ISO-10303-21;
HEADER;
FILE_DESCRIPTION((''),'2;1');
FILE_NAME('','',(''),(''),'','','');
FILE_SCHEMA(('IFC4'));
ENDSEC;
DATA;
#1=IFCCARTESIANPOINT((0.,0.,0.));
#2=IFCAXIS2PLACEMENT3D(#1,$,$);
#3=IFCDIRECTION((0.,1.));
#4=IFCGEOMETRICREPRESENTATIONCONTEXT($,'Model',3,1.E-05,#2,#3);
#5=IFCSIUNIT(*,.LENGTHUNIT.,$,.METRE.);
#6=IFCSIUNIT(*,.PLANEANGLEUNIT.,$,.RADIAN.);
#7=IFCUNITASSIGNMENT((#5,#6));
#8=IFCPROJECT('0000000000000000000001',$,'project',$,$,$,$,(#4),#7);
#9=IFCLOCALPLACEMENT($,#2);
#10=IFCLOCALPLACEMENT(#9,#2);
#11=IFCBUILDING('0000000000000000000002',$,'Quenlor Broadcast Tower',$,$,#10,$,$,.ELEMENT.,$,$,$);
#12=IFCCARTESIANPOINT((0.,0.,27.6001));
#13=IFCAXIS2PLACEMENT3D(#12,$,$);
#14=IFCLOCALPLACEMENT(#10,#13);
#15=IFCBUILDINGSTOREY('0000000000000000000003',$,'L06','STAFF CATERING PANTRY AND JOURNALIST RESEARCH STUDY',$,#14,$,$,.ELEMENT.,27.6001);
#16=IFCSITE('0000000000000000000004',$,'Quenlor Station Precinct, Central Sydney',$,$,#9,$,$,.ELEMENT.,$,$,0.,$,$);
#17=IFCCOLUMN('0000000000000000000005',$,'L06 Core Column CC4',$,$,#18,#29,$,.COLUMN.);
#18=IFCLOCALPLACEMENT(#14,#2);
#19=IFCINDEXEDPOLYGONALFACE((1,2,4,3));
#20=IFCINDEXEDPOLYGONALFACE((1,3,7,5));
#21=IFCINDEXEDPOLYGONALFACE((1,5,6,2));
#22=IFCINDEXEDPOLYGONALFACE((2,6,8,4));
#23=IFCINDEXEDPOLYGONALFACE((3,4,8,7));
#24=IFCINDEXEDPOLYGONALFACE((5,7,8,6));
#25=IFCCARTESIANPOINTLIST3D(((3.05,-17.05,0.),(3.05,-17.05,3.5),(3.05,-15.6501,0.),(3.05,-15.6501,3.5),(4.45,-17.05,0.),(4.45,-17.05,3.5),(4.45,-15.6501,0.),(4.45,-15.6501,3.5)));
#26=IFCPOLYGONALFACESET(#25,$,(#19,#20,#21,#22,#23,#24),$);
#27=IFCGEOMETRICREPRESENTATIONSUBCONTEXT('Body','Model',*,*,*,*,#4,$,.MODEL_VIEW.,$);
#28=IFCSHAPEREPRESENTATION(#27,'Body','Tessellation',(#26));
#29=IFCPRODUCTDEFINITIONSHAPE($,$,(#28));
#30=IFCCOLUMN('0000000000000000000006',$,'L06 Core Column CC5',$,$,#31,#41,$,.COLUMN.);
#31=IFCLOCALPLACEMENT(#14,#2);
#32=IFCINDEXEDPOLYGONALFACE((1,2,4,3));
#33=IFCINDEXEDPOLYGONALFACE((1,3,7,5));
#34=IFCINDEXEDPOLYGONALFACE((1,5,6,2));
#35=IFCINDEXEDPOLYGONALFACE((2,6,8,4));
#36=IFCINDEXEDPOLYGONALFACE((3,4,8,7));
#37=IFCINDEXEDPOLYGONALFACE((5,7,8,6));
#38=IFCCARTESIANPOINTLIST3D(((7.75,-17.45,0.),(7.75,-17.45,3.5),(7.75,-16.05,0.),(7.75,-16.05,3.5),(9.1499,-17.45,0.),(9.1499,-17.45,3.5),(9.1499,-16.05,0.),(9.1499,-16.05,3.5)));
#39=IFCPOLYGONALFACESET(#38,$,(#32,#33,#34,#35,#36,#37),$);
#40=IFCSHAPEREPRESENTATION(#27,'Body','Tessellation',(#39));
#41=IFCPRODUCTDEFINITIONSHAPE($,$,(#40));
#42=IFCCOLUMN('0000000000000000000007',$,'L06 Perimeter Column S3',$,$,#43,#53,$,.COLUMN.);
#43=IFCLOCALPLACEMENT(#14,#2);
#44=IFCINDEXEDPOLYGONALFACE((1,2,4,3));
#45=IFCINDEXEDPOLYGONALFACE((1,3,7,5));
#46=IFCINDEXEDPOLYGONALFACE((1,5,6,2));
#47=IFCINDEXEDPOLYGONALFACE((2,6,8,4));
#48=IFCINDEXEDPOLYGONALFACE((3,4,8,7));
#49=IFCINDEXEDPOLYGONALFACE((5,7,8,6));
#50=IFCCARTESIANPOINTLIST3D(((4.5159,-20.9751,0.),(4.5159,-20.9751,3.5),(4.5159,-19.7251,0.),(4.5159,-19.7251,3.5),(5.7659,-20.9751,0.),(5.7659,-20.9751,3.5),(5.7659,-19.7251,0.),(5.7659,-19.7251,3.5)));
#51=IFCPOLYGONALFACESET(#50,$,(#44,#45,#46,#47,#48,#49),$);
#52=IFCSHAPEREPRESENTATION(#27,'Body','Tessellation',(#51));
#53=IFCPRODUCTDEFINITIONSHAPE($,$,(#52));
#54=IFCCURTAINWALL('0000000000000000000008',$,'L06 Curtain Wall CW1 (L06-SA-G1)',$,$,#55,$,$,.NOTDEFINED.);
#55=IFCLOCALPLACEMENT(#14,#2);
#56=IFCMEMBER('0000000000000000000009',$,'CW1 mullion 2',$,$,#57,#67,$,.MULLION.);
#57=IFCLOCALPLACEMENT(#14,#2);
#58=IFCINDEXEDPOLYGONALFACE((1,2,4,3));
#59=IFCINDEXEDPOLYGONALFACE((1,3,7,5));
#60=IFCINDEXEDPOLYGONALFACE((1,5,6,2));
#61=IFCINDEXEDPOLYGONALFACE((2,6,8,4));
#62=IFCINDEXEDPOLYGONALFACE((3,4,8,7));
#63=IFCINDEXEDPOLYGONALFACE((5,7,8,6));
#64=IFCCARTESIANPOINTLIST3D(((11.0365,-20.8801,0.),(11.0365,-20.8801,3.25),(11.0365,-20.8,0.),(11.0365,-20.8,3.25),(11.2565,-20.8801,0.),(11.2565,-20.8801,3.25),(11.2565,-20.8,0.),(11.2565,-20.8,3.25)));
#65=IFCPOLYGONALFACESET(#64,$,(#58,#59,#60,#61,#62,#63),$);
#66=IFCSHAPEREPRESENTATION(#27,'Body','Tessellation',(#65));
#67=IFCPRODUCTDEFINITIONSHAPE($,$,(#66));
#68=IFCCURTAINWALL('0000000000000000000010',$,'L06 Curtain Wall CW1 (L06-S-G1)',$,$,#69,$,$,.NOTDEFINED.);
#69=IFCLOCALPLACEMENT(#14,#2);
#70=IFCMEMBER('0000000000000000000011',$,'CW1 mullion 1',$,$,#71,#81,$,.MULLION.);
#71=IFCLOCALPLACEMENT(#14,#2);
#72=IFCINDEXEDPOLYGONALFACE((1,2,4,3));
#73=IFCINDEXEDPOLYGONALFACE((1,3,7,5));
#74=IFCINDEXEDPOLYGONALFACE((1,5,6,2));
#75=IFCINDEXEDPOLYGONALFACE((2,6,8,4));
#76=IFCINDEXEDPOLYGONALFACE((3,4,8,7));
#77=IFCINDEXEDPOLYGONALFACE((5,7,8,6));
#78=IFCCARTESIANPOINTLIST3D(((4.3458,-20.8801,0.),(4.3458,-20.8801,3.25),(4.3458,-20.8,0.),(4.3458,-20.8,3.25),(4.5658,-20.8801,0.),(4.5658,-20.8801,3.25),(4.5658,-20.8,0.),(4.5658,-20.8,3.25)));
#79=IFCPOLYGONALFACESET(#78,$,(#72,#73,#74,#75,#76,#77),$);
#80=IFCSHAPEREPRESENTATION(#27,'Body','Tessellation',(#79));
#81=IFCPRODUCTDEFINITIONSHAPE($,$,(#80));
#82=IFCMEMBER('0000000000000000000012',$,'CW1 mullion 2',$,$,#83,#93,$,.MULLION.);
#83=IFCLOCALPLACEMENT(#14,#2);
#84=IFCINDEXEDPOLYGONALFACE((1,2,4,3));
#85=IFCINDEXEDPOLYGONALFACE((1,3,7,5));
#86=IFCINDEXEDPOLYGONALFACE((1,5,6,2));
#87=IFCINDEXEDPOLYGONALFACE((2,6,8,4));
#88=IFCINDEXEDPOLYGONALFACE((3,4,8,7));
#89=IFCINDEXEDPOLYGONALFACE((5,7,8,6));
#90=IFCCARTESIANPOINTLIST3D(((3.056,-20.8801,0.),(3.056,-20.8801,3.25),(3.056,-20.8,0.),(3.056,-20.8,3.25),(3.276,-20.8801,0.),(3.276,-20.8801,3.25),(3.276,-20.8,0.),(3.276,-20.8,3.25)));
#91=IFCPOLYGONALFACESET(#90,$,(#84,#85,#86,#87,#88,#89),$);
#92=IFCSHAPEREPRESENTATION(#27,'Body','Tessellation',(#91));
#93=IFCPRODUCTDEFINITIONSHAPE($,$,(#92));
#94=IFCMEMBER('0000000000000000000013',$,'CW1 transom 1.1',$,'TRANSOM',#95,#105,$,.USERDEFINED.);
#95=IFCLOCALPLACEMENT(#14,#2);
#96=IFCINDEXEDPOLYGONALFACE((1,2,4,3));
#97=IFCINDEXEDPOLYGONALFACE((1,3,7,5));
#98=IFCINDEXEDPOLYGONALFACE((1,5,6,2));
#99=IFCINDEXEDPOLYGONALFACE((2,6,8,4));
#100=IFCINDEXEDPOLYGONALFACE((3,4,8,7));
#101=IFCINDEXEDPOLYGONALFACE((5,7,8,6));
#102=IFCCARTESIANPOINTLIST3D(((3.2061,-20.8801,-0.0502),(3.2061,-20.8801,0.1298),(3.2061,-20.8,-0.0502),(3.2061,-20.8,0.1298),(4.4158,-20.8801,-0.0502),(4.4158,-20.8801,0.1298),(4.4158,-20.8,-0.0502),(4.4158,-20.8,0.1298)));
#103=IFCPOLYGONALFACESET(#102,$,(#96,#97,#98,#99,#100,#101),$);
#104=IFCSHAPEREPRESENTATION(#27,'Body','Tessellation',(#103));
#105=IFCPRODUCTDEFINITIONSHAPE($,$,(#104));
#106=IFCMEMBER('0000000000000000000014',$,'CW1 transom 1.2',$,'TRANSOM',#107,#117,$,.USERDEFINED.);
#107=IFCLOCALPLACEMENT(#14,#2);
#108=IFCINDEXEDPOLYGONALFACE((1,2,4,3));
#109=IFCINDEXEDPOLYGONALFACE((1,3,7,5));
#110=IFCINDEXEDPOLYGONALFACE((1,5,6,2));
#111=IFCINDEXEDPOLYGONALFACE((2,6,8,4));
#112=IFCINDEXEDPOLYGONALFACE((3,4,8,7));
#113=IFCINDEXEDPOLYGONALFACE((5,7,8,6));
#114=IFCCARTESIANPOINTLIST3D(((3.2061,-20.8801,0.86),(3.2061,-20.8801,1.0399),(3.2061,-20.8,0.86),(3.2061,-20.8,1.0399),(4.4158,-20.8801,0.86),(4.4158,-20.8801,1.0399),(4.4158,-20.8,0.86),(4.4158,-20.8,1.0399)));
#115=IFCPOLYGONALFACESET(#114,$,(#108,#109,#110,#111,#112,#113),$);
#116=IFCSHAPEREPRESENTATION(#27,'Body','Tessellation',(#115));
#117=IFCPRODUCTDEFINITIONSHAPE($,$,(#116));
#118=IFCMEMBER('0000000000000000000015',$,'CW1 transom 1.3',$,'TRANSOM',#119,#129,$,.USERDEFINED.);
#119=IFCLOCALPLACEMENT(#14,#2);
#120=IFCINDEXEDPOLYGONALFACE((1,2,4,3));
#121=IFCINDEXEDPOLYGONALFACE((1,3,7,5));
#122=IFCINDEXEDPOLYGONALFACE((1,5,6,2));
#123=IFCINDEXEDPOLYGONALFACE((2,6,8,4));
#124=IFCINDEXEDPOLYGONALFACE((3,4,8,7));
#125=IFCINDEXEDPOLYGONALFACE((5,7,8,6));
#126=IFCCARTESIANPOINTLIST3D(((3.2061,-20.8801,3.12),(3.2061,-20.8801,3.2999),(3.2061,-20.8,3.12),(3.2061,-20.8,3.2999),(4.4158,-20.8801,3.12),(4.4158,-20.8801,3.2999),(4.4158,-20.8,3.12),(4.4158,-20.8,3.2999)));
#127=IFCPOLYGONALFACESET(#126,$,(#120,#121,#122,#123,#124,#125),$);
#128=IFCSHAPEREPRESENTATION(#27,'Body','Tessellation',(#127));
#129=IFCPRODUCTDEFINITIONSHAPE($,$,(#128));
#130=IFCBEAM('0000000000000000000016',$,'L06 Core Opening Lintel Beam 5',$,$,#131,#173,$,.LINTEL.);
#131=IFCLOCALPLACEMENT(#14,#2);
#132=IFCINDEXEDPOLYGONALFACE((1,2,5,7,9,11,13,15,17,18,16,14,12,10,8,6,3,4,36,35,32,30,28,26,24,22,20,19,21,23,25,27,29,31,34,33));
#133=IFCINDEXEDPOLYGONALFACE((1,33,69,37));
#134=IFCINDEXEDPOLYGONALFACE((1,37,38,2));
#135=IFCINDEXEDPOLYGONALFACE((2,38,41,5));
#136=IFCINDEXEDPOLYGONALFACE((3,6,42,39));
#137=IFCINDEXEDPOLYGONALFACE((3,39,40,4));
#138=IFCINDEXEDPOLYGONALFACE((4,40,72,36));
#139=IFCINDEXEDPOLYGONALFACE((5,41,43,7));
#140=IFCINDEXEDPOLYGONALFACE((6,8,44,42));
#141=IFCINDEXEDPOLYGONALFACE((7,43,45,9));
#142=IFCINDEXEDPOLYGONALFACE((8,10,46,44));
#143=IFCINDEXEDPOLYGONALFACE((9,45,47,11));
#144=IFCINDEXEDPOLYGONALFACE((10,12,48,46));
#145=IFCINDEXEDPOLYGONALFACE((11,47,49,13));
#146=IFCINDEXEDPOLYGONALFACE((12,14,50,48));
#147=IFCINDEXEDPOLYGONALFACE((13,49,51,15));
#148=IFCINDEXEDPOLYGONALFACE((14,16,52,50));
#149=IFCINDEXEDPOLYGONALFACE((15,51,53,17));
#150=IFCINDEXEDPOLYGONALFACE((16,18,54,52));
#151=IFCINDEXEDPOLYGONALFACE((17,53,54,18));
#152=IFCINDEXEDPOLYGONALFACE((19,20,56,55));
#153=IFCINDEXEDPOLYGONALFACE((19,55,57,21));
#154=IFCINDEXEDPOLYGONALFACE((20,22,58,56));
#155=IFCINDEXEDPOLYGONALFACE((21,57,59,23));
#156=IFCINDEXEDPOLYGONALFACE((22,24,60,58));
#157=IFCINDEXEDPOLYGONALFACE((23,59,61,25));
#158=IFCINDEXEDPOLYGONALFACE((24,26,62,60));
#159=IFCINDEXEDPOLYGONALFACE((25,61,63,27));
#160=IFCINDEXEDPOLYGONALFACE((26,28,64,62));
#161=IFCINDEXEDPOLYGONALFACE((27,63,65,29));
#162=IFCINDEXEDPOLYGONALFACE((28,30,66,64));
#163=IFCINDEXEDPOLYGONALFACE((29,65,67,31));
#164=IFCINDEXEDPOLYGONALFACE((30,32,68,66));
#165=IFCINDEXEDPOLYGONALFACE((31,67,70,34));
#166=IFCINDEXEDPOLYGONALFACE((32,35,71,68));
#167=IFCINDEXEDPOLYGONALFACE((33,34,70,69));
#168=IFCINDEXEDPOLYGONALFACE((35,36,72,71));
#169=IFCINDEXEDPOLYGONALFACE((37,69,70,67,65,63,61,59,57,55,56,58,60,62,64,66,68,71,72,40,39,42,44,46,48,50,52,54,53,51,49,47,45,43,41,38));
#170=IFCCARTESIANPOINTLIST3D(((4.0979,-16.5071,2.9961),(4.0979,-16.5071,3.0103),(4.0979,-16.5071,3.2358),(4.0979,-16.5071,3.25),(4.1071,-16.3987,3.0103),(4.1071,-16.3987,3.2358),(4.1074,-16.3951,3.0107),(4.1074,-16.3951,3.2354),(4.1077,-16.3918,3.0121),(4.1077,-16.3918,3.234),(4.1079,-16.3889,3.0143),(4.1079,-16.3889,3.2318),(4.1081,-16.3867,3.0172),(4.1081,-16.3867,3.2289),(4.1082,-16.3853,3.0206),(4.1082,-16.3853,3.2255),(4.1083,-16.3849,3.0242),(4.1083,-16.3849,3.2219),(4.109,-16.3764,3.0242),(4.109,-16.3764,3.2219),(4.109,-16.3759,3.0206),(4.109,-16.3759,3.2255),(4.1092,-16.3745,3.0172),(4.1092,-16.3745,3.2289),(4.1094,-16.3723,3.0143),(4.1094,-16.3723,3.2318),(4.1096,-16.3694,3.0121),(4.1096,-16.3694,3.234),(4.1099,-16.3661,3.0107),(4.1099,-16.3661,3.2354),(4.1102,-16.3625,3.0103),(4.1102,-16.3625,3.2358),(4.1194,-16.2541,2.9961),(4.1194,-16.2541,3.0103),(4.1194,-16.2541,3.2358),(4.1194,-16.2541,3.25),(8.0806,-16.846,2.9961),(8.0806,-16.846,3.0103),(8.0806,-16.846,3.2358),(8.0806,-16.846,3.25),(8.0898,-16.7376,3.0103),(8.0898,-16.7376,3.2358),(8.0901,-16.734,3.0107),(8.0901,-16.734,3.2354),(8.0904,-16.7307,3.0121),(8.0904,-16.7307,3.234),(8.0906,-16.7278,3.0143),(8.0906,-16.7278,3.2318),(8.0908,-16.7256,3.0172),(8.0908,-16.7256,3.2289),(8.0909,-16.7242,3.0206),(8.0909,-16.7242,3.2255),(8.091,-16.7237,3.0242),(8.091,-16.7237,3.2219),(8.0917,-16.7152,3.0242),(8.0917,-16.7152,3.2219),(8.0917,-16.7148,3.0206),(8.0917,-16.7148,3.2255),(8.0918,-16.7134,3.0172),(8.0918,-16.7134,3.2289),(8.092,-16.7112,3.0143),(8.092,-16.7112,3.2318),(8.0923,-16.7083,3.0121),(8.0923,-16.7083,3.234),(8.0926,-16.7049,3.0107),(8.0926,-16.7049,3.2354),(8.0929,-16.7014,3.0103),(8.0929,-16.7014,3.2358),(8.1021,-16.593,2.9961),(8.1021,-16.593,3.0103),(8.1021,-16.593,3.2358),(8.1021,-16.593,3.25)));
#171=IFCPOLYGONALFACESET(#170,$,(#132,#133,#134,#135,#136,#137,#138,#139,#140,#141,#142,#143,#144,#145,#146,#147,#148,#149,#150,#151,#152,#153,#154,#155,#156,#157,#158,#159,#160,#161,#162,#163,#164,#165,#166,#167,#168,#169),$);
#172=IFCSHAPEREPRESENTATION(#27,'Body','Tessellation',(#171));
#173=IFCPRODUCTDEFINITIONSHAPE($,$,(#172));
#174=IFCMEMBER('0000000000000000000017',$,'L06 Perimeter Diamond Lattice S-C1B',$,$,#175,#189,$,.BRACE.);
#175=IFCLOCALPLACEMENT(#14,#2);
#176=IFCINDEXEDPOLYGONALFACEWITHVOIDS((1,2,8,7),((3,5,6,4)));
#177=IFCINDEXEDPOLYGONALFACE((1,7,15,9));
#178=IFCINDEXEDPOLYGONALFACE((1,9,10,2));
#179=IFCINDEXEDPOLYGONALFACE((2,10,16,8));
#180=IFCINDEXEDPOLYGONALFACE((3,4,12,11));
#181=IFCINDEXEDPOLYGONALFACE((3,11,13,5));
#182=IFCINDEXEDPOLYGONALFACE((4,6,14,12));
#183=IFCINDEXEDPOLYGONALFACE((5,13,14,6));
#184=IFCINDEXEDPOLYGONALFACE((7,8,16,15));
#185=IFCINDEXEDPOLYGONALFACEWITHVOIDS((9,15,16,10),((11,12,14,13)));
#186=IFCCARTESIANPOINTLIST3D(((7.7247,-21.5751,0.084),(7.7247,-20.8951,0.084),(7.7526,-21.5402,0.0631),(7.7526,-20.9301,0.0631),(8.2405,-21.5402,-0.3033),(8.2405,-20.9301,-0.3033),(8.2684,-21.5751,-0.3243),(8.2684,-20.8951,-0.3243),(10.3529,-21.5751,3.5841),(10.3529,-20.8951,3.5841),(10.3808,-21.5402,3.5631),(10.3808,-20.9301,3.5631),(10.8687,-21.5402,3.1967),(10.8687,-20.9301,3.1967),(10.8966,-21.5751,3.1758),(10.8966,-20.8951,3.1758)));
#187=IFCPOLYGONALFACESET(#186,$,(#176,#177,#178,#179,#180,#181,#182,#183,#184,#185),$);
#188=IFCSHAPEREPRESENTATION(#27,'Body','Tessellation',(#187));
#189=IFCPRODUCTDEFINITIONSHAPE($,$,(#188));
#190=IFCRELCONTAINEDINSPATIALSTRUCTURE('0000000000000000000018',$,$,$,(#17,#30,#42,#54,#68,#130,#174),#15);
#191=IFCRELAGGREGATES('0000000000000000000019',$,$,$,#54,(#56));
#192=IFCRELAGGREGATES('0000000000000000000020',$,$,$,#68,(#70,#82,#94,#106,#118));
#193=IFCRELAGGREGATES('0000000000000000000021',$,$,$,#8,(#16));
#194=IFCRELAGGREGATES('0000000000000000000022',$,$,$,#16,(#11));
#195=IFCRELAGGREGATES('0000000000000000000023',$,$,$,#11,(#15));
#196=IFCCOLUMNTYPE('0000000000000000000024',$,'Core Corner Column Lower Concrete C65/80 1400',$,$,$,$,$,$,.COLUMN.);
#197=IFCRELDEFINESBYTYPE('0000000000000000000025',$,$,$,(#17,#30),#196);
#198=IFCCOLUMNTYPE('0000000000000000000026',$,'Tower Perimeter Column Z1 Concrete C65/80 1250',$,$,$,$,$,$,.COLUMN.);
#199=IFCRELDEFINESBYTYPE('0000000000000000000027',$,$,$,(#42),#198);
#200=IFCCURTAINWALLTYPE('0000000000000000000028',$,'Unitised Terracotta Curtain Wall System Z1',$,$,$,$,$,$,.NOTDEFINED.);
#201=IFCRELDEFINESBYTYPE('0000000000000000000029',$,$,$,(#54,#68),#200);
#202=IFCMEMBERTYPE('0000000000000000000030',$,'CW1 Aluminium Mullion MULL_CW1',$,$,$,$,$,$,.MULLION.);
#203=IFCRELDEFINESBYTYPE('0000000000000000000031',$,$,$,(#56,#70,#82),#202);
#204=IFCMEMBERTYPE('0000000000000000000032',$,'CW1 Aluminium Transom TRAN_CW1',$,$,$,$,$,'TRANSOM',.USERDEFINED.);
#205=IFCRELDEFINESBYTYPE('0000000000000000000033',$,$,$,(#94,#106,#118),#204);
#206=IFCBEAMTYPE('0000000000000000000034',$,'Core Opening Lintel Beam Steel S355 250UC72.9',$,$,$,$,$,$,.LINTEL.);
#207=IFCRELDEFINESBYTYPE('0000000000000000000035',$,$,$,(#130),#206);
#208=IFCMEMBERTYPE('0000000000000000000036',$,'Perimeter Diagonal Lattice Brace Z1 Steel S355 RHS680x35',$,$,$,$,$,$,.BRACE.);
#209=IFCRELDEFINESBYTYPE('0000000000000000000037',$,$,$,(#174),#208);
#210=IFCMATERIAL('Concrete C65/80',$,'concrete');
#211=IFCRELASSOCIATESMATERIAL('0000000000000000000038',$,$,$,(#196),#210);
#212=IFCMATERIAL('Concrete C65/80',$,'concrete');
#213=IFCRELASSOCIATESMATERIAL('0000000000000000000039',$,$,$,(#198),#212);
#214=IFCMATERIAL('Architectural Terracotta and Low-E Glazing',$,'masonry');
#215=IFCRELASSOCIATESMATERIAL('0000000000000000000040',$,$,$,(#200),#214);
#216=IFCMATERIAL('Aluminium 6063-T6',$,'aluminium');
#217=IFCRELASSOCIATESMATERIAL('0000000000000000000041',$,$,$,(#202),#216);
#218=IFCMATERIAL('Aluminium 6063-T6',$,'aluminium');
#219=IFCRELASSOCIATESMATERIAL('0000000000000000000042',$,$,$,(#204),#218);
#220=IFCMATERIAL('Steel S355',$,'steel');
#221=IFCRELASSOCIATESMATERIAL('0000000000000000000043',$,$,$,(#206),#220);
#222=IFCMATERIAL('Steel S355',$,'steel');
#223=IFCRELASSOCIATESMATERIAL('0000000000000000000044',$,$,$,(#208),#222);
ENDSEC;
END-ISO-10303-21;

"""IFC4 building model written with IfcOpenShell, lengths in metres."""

from ifc_helpers import new_model, si_unit, direction, frame, origin, origin_2d, place, context, subcontext, project, spatial, rectangle, hollow_rectangle, i_section, extrude, material, material_profile, profile_set, type_object, element, aggregate, save


model = new_model("IFC4")

# Units and contexts
model_context = context("Model", 3, precision=1e-05, world=origin(), true_north=direction((0.0, 1.0)))
body_context = subcontext(model_context, "Body", "Model", "MODEL_VIEW")
ifc_project = project(units=[si_unit("LENGTHUNIT", "METRE"), si_unit("PLANEANGLEUNIT", "RADIAN")], contexts=[model_context])

# Site, building, storey
site_placement = place(None, origin())
site = spatial("IfcSite", under=ifc_project, at=site_placement, Name="Quenlor Station Precinct, Central Sydney", CompositionType="ELEMENT", RefElevation=0.0)
building_placement = place(site_placement, origin())
building = spatial("IfcBuilding", under=site, at=building_placement, Name="Quenlor Broadcast Tower", CompositionType="ELEMENT")
storey_placement = place(building_placement, frame((0.0, 0.0, 27.6001)))
storey = spatial("IfcBuildingStorey", under=building, at=storey_placement, Name="L06", Description="STAFF CATERING PANTRY AND JOURNALIST RESEARCH STUDY", CompositionType="ELEMENT", Elevation=27.6001)

# Columns
ifc_material_1 = material(Name="Concrete C65/80", Category="concrete")
ifc_material_profile_1 = material_profile(ifc_material_1, rectangle(XDim=1.3999, YDim=1.3999, at=origin_2d()))
ifc_profile_set_1 = profile_set([ifc_material_profile_1], Name="Concrete C65/80 RC1400x1400")
column_type_1 = type_object("IfcColumnType", Name="Core Corner Column Lower Concrete C65/80 1400", PredefinedType="COLUMN", material=ifc_profile_set_1)
for number, where, z_axis, x_axis, name in (
    (1, (3.75, -16.3501, 0.0), (0.0, 0.0, 1.0), (1.0, 0.0, 0.0), "L06 Core Column CC4"),
    (2, (8.45, -16.75, 0.0), (0.0, 0.0, 1.0), (1.0, 0.0, 0.0), "L06 Core Column CC5"),
):
    element("IfcColumn", number, at=place(storey_placement, frame(where, z_axis=z_axis, x_axis=x_axis)), inside=storey, type_object=column_type_1, Name=name, PredefinedType="COLUMN", context=body_context, shape_type="SweptSolid", body=[
        extrude(rectangle(XDim=1.3999, YDim=1.3999, at=origin_2d()), origin(), (0.0, 0.0, 1.0), 3.5),
    ])
ifc_material_2 = material(Name="Concrete C65/80", Category="concrete")
ifc_material_profile_2 = material_profile(ifc_material_2, rectangle(XDim=1.25, YDim=1.25, at=origin_2d()))
ifc_profile_set_2 = profile_set([ifc_material_profile_2], Name="Concrete C65/80 RC1250x1250")
column_type_2 = type_object("IfcColumnType", Name="Tower Perimeter Column Z1 Concrete C65/80 1250", PredefinedType="COLUMN", material=ifc_profile_set_2)
column_placement = place(storey_placement, frame((5.1409, -20.3501, 0.0), z_axis=(0.0, 0.0, 1.0), x_axis=(0.0, 1.0, 0.0)))
element("IfcColumn", 3, at=column_placement, inside=storey, type_object=column_type_2, Name="L06 Perimeter Column S3", PredefinedType="COLUMN", context=body_context, shape_type="SweptSolid", body=[
    extrude(rectangle(XDim=1.25, YDim=1.25, at=origin_2d()), origin(), (0.0, 0.0, 1.0), 3.5),
])

# Curtain wall, member
ifc_material_3 = material(Name="Architectural Terracotta and Low-E Glazing", Category="masonry")
curtain_wall_type = type_object("IfcCurtainWallType", Name="Unitised Terracotta Curtain Wall System Z1", PredefinedType="NOTDEFINED", material=ifc_material_3)
curtain_wall_1_placement = place(storey_placement, origin())
curtain_wall_1 = element("IfcCurtainWall", 4, at=curtain_wall_1_placement, inside=storey, type_object=curtain_wall_type, Name="L06 Curtain Wall CW1 (L06-SA-G1)", PredefinedType="NOTDEFINED")
ifc_material_4 = material(Name="Aluminium 6063-T6", Category="aluminium")
ifc_material_profile_3 = material_profile(ifc_material_4, rectangle(XDim=0.0801, YDim=0.22, at=origin_2d()))
ifc_profile_set_3 = profile_set([ifc_material_profile_3], Name="Aluminium 6063-T6 MULL80x220")
member_type_1 = type_object("IfcMemberType", Name="CW1 Aluminium Mullion MULL_CW1", PredefinedType="MULLION", material=ifc_profile_set_3)
member_1_placement = place(storey_placement, frame((11.1465, -20.8401, 0.0), z_axis=(0.0, 0.0, 1.0), x_axis=(0.0, -1.0, 0.0)))
member_1 = element("IfcMember", 5, at=member_1_placement, type_object=member_type_1, Name="CW1 mullion 2", PredefinedType="MULLION", context=body_context, shape_type="SweptSolid", body=[
    extrude(rectangle(XDim=0.0801, YDim=0.22, at=origin_2d()), origin(), (0.0, 0.0, 1.0), 3.25),
])
aggregate(curtain_wall_1, [member_1])

# Curtain wall, members
curtain_wall_2_placement = place(storey_placement, origin())
curtain_wall_2 = element("IfcCurtainWall", 6, at=curtain_wall_2_placement, inside=storey, type_object=curtain_wall_type, Name="L06 Curtain Wall CW1 (L06-S-G1)", PredefinedType="NOTDEFINED")
member_2_placement = place(storey_placement, frame((4.4558, -20.8401, 0.0), z_axis=(0.0, 0.0, 1.0), x_axis=(0.0, -1.0, 0.0)))
member_2 = element("IfcMember", 7, at=member_2_placement, type_object=member_type_1, Name="CW1 mullion 1", PredefinedType="MULLION", context=body_context, shape_type="SweptSolid", body=[
    extrude(rectangle(XDim=0.0801, YDim=0.22, at=origin_2d()), origin(), (0.0, 0.0, 1.0), 3.25),
])
member_3_placement = place(storey_placement, frame((3.166, -20.8401, 0.0), z_axis=(0.0, 0.0, 1.0), x_axis=(0.0, -1.0, 0.0)))
member_3 = element("IfcMember", 8, at=member_3_placement, type_object=member_type_1, Name="CW1 mullion 2", PredefinedType="MULLION", context=body_context, shape_type="SweptSolid", body=[
    extrude(rectangle(XDim=0.0801, YDim=0.22, at=origin_2d()), origin(), (0.0, 0.0, 1.0), 3.25),
])
ifc_material_5 = material(Name="Aluminium 6063-T6", Category="aluminium")
ifc_material_profile_4 = material_profile(ifc_material_5, rectangle(XDim=0.0801, YDim=0.1799, at=origin_2d()))
ifc_profile_set_4 = profile_set([ifc_material_profile_4], Name="Aluminium 6063-T6 TRAN80x180")
member_type_2 = type_object("IfcMemberType", Name="CW1 Aluminium Transom TRAN_CW1", ElementType="TRANSOM", PredefinedType="USERDEFINED", material=ifc_profile_set_4)
member_4_placement = place(storey_placement, frame((4.4158, -20.8401, 0.0398), z_axis=(-1.0, 0.0, 0.0), x_axis=(0.0, -1.0, 0.0)))
member_4 = element("IfcMember", 9, at=member_4_placement, type_object=member_type_2, Name="CW1 transom 1.1", ObjectType="TRANSOM", PredefinedType="USERDEFINED", context=body_context, shape_type="SweptSolid", body=[
    extrude(rectangle(XDim=0.0801, YDim=0.1799, at=origin_2d()), origin(), (0.0, 0.0, 1.0), 1.2097),
])
member_5_placement = place(storey_placement, frame((4.4158, -20.8401, 0.95), z_axis=(-1.0, 0.0, 0.0), x_axis=(0.0, -1.0, 0.0)))
member_5 = element("IfcMember", 10, at=member_5_placement, type_object=member_type_2, Name="CW1 transom 1.2", ObjectType="TRANSOM", PredefinedType="USERDEFINED", context=body_context, shape_type="SweptSolid", body=[
    extrude(rectangle(XDim=0.0801, YDim=0.1799, at=origin_2d()), origin(), (0.0, 0.0, 1.0), 1.2097),
])
member_6_placement = place(storey_placement, frame((4.4158, -20.8401, 3.21), z_axis=(-1.0, 0.0, 0.0), x_axis=(0.0, -1.0, 0.0)))
member_6 = element("IfcMember", 11, at=member_6_placement, type_object=member_type_2, Name="CW1 transom 1.3", ObjectType="TRANSOM", PredefinedType="USERDEFINED", context=body_context, shape_type="SweptSolid", body=[
    extrude(rectangle(XDim=0.0801, YDim=0.1799, at=origin_2d()), origin(), (0.0, 0.0, 1.0), 1.2097),
])

# Beam
ifc_material_6 = material(Name="Steel S355", Category="steel")
ifc_material_profile_5 = material_profile(ifc_material_6, i_section(OverallWidth=0.2539, OverallDepth=0.2539, WebThickness=0.0085, FlangeThickness=0.0142, FilletRadius=0.0139, at=origin_2d()))
ifc_profile_set_5 = profile_set([ifc_material_profile_5], Name="Steel S355 250UC72.9")
beam_type_1 = type_object("IfcBeamType", Name="Core Opening Lintel Beam Steel S355 250UC72.9", PredefinedType="LINTEL", material=ifc_profile_set_5)
beam_1_placement = place(storey_placement, frame((4.1086, -16.3806, 3.123), z_axis=(0.9964, -0.084779, 0.0), x_axis=(0.084779, 0.9964, 0.0)))
element("IfcBeam", 12, at=beam_1_placement, inside=storey, type_object=beam_type_1, Name="L06 Core Opening Lintel Beam 5", PredefinedType="LINTEL", context=body_context, shape_type="SweptSolid", body=[
    extrude(i_section(OverallWidth=0.2539, OverallDepth=0.2539, WebThickness=0.0085, FlangeThickness=0.0142, FilletRadius=0.0139, at=origin_2d()), origin(), (0.0, 0.0, 1.0), 3.9971),
])

# Member
ifc_material_7 = material(Name="Steel S355", Category="steel")
ifc_material_profile_6 = material_profile(ifc_material_7, hollow_rectangle(XDim=0.6799, YDim=0.6799, WallThickness=0.0349, at=origin_2d()))
ifc_profile_set_6 = profile_set([ifc_material_profile_6], Name="Steel S355 RHS680x680x35")
member_type_3 = type_object("IfcMemberType", Name="Perimeter Diagonal Lattice Brace Z1 Steel S355 RHS680x35", PredefinedType="BRACE", material=ifc_profile_set_6)
for number, where, z_axis, x_axis, name in (
    (13, (7.9966, -21.2351, -0.1201), (0.600464, 0.0, 0.799652), (0.0, 1.0, 0.0), "L06 Perimeter Diamond Lattice S-C1B"),
):
    element("IfcMember", number, at=place(storey_placement, frame(where, z_axis=z_axis, x_axis=x_axis)), inside=storey, type_object=member_type_3, Name=name, PredefinedType="BRACE", context=body_context, shape_type="SweptSolid", body=[
        extrude(hollow_rectangle(XDim=0.6799, YDim=0.6799, WallThickness=0.0349, at=origin_2d()), origin(), (0.0, 0.0, 1.0), 4.377),
    ])

aggregate(curtain_wall_2, [member_2, member_3, member_4, member_5, member_6])

save(model, "model.ifc")
